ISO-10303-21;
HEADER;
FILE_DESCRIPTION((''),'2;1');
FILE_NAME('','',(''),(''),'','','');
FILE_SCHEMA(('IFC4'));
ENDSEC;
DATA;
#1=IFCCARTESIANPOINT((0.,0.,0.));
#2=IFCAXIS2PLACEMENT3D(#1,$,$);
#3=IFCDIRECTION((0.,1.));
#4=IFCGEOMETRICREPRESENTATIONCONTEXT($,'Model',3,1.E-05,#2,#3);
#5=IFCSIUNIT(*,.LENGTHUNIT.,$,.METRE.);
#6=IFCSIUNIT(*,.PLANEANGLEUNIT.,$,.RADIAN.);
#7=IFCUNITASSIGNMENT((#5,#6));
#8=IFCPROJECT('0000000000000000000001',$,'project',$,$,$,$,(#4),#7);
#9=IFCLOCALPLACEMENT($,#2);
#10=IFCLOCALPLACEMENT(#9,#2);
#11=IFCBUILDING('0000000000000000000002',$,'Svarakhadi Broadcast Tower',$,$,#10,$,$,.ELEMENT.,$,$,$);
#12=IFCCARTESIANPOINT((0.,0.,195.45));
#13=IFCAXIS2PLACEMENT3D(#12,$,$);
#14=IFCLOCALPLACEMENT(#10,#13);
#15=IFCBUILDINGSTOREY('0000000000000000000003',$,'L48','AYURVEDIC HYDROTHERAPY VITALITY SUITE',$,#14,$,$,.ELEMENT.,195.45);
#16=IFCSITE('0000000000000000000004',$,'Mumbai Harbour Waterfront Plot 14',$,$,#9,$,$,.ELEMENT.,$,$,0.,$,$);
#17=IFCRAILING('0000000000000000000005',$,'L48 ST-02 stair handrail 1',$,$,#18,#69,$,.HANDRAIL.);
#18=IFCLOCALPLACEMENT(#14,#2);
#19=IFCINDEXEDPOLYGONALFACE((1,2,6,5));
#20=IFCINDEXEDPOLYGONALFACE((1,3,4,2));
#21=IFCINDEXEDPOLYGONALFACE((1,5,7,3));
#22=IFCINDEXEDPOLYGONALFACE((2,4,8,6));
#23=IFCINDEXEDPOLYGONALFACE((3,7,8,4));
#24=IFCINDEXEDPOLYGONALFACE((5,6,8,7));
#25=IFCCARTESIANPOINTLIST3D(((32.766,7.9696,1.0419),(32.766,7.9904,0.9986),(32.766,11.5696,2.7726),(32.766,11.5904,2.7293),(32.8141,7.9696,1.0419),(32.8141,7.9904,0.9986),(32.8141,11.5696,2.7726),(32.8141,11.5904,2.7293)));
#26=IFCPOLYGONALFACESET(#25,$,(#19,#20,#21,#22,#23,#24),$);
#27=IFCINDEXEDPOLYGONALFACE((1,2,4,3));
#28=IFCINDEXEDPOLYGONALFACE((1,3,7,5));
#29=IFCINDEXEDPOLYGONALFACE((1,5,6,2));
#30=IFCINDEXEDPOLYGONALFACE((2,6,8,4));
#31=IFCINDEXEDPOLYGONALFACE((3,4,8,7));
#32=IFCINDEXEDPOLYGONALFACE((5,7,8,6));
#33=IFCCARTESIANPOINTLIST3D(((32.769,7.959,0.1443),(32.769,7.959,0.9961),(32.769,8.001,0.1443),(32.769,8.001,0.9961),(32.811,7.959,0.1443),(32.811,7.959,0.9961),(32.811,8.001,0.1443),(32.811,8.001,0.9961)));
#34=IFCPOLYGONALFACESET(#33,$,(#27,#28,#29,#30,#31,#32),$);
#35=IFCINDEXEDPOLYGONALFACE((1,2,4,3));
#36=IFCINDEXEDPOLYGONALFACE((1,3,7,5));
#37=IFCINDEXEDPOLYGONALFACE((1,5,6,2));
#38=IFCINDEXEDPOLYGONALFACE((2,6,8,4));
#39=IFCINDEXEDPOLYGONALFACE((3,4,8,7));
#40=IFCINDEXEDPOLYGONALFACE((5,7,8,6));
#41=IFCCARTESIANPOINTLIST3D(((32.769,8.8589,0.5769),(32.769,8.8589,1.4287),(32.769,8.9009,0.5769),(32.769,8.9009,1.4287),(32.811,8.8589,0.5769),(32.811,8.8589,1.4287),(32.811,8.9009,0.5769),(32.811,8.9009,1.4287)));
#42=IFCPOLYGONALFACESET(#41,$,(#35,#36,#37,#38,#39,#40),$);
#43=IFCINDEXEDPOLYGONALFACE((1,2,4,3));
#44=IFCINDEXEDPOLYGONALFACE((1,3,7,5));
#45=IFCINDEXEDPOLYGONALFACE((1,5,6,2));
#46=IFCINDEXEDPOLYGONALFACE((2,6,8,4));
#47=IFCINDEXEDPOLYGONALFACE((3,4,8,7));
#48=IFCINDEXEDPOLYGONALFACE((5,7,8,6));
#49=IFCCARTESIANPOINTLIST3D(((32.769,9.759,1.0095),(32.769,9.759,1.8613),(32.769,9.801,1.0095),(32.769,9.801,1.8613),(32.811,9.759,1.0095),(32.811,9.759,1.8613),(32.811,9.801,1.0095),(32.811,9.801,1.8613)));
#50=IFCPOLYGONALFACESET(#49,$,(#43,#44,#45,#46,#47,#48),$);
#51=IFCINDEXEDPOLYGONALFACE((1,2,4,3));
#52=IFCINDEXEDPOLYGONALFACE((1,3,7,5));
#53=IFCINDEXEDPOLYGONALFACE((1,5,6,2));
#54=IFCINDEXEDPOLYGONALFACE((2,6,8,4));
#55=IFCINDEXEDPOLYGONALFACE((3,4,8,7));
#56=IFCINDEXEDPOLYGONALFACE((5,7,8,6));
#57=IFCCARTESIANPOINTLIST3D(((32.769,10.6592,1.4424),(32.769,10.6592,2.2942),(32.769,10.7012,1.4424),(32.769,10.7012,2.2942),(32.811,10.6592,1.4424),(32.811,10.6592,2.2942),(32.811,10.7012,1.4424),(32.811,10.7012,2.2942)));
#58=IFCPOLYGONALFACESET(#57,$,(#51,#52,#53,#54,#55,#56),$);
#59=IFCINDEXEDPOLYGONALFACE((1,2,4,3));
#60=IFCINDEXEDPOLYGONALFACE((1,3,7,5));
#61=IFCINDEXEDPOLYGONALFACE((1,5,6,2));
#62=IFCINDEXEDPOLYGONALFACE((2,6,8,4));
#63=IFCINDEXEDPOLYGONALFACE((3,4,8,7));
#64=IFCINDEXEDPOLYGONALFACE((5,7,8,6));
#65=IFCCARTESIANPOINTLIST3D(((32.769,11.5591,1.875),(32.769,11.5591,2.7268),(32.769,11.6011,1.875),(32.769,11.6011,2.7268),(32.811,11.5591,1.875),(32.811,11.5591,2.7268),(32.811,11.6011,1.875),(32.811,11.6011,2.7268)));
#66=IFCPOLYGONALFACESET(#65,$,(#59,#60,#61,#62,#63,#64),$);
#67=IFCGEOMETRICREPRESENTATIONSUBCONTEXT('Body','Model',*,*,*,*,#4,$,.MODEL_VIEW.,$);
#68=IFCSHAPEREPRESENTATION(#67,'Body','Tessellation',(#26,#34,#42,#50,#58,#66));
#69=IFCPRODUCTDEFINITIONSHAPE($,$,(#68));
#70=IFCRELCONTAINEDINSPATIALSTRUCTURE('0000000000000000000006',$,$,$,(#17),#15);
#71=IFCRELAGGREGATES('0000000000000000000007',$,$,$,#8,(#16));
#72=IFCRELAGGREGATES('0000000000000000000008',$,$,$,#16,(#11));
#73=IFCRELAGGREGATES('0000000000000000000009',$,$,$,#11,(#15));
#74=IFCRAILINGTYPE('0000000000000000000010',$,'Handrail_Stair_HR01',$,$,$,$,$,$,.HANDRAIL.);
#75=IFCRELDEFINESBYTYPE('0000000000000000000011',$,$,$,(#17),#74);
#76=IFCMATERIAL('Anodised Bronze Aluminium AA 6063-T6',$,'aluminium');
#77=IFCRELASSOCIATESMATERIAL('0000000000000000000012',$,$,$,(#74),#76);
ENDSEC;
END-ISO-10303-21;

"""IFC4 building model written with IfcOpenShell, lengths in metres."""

from ifc_helpers import new_model, si_unit, direction, frame, origin, origin_2d, place, context, subcontext, project, spatial, rectangle, extrude, material, type_object, element, save


model = new_model("IFC4")

# Units and contexts
model_context = context("Model", 3, precision=1e-05, world=origin(), true_north=direction((0.0, 1.0)))
body_context = subcontext(model_context, "Body", "Model", "MODEL_VIEW")
ifc_project = project(units=[si_unit("LENGTHUNIT", "METRE"), si_unit("PLANEANGLEUNIT", "RADIAN")], contexts=[model_context])

# Site, building, storey
site_placement = place(None, origin())
site = spatial("IfcSite", under=ifc_project, at=site_placement, Name="Mumbai Harbour Waterfront Plot 14", CompositionType="ELEMENT", RefElevation=0.0)
building_placement = place(site_placement, origin())
building = spatial("IfcBuilding", under=site, at=building_placement, Name="Svarakhadi Broadcast Tower", CompositionType="ELEMENT")
storey_placement = place(building_placement, frame((0.0, 0.0, 195.45)))
storey = spatial("IfcBuildingStorey", under=building, at=storey_placement, Name="L48", Description="AYURVEDIC HYDROTHERAPY VITALITY SUITE", CompositionType="ELEMENT", Elevation=195.45)

# Shared definitions
ifc_material_1 = material(Name="Anodised Bronze Aluminium AA 6063-T6", Category="aluminium")

# Railing
railing_type_1 = type_object("IfcRailingType", Name="Handrail_Stair_HR01", PredefinedType="HANDRAIL", material=ifc_material_1)
railing_1_placement = place(storey_placement, frame((32.79, 7.98, 0.1443)))
element("IfcRailing", 1, at=railing_1_placement, inside=storey, type_object=railing_type_1, Name="L48 ST-02 stair handrail 1", PredefinedType="HANDRAIL", context=body_context, shape_type="SweptSolid", body=[
    extrude(rectangle(XDim=0.0481, YDim=0.0481, at=origin_2d()), frame((0.0, 0.0, 0.876), z_axis=(0.0, 0.901263, 0.433273), x_axis=(-1.0, 0.0, 0.0)), (0.0, 0.0, 1.0), 3.9944),
    extrude(rectangle(XDim=0.042, YDim=0.042, at=origin_2d()), origin(), (0.0, 0.0, 1.0), 0.8518),
    extrude(rectangle(XDim=0.042, YDim=0.042, at=origin_2d()), frame((0.0, 0.8999, 0.4326)), (0.0, 0.0, 1.0), 0.8518),
    extrude(rectangle(XDim=0.042, YDim=0.042, at=origin_2d()), frame((0.0, 1.8, 0.8652)), (0.0, 0.0, 1.0), 0.8518),
    extrude(rectangle(XDim=0.042, YDim=0.042, at=origin_2d()), frame((0.0, 2.7002, 1.2981)), (0.0, 0.0, 1.0), 0.8518),
    extrude(rectangle(XDim=0.042, YDim=0.042, at=origin_2d()), frame((0.0, 3.6001, 1.7307)), (0.0, 0.0, 1.0), 0.8518),
])

save(model, "model.ifc")
